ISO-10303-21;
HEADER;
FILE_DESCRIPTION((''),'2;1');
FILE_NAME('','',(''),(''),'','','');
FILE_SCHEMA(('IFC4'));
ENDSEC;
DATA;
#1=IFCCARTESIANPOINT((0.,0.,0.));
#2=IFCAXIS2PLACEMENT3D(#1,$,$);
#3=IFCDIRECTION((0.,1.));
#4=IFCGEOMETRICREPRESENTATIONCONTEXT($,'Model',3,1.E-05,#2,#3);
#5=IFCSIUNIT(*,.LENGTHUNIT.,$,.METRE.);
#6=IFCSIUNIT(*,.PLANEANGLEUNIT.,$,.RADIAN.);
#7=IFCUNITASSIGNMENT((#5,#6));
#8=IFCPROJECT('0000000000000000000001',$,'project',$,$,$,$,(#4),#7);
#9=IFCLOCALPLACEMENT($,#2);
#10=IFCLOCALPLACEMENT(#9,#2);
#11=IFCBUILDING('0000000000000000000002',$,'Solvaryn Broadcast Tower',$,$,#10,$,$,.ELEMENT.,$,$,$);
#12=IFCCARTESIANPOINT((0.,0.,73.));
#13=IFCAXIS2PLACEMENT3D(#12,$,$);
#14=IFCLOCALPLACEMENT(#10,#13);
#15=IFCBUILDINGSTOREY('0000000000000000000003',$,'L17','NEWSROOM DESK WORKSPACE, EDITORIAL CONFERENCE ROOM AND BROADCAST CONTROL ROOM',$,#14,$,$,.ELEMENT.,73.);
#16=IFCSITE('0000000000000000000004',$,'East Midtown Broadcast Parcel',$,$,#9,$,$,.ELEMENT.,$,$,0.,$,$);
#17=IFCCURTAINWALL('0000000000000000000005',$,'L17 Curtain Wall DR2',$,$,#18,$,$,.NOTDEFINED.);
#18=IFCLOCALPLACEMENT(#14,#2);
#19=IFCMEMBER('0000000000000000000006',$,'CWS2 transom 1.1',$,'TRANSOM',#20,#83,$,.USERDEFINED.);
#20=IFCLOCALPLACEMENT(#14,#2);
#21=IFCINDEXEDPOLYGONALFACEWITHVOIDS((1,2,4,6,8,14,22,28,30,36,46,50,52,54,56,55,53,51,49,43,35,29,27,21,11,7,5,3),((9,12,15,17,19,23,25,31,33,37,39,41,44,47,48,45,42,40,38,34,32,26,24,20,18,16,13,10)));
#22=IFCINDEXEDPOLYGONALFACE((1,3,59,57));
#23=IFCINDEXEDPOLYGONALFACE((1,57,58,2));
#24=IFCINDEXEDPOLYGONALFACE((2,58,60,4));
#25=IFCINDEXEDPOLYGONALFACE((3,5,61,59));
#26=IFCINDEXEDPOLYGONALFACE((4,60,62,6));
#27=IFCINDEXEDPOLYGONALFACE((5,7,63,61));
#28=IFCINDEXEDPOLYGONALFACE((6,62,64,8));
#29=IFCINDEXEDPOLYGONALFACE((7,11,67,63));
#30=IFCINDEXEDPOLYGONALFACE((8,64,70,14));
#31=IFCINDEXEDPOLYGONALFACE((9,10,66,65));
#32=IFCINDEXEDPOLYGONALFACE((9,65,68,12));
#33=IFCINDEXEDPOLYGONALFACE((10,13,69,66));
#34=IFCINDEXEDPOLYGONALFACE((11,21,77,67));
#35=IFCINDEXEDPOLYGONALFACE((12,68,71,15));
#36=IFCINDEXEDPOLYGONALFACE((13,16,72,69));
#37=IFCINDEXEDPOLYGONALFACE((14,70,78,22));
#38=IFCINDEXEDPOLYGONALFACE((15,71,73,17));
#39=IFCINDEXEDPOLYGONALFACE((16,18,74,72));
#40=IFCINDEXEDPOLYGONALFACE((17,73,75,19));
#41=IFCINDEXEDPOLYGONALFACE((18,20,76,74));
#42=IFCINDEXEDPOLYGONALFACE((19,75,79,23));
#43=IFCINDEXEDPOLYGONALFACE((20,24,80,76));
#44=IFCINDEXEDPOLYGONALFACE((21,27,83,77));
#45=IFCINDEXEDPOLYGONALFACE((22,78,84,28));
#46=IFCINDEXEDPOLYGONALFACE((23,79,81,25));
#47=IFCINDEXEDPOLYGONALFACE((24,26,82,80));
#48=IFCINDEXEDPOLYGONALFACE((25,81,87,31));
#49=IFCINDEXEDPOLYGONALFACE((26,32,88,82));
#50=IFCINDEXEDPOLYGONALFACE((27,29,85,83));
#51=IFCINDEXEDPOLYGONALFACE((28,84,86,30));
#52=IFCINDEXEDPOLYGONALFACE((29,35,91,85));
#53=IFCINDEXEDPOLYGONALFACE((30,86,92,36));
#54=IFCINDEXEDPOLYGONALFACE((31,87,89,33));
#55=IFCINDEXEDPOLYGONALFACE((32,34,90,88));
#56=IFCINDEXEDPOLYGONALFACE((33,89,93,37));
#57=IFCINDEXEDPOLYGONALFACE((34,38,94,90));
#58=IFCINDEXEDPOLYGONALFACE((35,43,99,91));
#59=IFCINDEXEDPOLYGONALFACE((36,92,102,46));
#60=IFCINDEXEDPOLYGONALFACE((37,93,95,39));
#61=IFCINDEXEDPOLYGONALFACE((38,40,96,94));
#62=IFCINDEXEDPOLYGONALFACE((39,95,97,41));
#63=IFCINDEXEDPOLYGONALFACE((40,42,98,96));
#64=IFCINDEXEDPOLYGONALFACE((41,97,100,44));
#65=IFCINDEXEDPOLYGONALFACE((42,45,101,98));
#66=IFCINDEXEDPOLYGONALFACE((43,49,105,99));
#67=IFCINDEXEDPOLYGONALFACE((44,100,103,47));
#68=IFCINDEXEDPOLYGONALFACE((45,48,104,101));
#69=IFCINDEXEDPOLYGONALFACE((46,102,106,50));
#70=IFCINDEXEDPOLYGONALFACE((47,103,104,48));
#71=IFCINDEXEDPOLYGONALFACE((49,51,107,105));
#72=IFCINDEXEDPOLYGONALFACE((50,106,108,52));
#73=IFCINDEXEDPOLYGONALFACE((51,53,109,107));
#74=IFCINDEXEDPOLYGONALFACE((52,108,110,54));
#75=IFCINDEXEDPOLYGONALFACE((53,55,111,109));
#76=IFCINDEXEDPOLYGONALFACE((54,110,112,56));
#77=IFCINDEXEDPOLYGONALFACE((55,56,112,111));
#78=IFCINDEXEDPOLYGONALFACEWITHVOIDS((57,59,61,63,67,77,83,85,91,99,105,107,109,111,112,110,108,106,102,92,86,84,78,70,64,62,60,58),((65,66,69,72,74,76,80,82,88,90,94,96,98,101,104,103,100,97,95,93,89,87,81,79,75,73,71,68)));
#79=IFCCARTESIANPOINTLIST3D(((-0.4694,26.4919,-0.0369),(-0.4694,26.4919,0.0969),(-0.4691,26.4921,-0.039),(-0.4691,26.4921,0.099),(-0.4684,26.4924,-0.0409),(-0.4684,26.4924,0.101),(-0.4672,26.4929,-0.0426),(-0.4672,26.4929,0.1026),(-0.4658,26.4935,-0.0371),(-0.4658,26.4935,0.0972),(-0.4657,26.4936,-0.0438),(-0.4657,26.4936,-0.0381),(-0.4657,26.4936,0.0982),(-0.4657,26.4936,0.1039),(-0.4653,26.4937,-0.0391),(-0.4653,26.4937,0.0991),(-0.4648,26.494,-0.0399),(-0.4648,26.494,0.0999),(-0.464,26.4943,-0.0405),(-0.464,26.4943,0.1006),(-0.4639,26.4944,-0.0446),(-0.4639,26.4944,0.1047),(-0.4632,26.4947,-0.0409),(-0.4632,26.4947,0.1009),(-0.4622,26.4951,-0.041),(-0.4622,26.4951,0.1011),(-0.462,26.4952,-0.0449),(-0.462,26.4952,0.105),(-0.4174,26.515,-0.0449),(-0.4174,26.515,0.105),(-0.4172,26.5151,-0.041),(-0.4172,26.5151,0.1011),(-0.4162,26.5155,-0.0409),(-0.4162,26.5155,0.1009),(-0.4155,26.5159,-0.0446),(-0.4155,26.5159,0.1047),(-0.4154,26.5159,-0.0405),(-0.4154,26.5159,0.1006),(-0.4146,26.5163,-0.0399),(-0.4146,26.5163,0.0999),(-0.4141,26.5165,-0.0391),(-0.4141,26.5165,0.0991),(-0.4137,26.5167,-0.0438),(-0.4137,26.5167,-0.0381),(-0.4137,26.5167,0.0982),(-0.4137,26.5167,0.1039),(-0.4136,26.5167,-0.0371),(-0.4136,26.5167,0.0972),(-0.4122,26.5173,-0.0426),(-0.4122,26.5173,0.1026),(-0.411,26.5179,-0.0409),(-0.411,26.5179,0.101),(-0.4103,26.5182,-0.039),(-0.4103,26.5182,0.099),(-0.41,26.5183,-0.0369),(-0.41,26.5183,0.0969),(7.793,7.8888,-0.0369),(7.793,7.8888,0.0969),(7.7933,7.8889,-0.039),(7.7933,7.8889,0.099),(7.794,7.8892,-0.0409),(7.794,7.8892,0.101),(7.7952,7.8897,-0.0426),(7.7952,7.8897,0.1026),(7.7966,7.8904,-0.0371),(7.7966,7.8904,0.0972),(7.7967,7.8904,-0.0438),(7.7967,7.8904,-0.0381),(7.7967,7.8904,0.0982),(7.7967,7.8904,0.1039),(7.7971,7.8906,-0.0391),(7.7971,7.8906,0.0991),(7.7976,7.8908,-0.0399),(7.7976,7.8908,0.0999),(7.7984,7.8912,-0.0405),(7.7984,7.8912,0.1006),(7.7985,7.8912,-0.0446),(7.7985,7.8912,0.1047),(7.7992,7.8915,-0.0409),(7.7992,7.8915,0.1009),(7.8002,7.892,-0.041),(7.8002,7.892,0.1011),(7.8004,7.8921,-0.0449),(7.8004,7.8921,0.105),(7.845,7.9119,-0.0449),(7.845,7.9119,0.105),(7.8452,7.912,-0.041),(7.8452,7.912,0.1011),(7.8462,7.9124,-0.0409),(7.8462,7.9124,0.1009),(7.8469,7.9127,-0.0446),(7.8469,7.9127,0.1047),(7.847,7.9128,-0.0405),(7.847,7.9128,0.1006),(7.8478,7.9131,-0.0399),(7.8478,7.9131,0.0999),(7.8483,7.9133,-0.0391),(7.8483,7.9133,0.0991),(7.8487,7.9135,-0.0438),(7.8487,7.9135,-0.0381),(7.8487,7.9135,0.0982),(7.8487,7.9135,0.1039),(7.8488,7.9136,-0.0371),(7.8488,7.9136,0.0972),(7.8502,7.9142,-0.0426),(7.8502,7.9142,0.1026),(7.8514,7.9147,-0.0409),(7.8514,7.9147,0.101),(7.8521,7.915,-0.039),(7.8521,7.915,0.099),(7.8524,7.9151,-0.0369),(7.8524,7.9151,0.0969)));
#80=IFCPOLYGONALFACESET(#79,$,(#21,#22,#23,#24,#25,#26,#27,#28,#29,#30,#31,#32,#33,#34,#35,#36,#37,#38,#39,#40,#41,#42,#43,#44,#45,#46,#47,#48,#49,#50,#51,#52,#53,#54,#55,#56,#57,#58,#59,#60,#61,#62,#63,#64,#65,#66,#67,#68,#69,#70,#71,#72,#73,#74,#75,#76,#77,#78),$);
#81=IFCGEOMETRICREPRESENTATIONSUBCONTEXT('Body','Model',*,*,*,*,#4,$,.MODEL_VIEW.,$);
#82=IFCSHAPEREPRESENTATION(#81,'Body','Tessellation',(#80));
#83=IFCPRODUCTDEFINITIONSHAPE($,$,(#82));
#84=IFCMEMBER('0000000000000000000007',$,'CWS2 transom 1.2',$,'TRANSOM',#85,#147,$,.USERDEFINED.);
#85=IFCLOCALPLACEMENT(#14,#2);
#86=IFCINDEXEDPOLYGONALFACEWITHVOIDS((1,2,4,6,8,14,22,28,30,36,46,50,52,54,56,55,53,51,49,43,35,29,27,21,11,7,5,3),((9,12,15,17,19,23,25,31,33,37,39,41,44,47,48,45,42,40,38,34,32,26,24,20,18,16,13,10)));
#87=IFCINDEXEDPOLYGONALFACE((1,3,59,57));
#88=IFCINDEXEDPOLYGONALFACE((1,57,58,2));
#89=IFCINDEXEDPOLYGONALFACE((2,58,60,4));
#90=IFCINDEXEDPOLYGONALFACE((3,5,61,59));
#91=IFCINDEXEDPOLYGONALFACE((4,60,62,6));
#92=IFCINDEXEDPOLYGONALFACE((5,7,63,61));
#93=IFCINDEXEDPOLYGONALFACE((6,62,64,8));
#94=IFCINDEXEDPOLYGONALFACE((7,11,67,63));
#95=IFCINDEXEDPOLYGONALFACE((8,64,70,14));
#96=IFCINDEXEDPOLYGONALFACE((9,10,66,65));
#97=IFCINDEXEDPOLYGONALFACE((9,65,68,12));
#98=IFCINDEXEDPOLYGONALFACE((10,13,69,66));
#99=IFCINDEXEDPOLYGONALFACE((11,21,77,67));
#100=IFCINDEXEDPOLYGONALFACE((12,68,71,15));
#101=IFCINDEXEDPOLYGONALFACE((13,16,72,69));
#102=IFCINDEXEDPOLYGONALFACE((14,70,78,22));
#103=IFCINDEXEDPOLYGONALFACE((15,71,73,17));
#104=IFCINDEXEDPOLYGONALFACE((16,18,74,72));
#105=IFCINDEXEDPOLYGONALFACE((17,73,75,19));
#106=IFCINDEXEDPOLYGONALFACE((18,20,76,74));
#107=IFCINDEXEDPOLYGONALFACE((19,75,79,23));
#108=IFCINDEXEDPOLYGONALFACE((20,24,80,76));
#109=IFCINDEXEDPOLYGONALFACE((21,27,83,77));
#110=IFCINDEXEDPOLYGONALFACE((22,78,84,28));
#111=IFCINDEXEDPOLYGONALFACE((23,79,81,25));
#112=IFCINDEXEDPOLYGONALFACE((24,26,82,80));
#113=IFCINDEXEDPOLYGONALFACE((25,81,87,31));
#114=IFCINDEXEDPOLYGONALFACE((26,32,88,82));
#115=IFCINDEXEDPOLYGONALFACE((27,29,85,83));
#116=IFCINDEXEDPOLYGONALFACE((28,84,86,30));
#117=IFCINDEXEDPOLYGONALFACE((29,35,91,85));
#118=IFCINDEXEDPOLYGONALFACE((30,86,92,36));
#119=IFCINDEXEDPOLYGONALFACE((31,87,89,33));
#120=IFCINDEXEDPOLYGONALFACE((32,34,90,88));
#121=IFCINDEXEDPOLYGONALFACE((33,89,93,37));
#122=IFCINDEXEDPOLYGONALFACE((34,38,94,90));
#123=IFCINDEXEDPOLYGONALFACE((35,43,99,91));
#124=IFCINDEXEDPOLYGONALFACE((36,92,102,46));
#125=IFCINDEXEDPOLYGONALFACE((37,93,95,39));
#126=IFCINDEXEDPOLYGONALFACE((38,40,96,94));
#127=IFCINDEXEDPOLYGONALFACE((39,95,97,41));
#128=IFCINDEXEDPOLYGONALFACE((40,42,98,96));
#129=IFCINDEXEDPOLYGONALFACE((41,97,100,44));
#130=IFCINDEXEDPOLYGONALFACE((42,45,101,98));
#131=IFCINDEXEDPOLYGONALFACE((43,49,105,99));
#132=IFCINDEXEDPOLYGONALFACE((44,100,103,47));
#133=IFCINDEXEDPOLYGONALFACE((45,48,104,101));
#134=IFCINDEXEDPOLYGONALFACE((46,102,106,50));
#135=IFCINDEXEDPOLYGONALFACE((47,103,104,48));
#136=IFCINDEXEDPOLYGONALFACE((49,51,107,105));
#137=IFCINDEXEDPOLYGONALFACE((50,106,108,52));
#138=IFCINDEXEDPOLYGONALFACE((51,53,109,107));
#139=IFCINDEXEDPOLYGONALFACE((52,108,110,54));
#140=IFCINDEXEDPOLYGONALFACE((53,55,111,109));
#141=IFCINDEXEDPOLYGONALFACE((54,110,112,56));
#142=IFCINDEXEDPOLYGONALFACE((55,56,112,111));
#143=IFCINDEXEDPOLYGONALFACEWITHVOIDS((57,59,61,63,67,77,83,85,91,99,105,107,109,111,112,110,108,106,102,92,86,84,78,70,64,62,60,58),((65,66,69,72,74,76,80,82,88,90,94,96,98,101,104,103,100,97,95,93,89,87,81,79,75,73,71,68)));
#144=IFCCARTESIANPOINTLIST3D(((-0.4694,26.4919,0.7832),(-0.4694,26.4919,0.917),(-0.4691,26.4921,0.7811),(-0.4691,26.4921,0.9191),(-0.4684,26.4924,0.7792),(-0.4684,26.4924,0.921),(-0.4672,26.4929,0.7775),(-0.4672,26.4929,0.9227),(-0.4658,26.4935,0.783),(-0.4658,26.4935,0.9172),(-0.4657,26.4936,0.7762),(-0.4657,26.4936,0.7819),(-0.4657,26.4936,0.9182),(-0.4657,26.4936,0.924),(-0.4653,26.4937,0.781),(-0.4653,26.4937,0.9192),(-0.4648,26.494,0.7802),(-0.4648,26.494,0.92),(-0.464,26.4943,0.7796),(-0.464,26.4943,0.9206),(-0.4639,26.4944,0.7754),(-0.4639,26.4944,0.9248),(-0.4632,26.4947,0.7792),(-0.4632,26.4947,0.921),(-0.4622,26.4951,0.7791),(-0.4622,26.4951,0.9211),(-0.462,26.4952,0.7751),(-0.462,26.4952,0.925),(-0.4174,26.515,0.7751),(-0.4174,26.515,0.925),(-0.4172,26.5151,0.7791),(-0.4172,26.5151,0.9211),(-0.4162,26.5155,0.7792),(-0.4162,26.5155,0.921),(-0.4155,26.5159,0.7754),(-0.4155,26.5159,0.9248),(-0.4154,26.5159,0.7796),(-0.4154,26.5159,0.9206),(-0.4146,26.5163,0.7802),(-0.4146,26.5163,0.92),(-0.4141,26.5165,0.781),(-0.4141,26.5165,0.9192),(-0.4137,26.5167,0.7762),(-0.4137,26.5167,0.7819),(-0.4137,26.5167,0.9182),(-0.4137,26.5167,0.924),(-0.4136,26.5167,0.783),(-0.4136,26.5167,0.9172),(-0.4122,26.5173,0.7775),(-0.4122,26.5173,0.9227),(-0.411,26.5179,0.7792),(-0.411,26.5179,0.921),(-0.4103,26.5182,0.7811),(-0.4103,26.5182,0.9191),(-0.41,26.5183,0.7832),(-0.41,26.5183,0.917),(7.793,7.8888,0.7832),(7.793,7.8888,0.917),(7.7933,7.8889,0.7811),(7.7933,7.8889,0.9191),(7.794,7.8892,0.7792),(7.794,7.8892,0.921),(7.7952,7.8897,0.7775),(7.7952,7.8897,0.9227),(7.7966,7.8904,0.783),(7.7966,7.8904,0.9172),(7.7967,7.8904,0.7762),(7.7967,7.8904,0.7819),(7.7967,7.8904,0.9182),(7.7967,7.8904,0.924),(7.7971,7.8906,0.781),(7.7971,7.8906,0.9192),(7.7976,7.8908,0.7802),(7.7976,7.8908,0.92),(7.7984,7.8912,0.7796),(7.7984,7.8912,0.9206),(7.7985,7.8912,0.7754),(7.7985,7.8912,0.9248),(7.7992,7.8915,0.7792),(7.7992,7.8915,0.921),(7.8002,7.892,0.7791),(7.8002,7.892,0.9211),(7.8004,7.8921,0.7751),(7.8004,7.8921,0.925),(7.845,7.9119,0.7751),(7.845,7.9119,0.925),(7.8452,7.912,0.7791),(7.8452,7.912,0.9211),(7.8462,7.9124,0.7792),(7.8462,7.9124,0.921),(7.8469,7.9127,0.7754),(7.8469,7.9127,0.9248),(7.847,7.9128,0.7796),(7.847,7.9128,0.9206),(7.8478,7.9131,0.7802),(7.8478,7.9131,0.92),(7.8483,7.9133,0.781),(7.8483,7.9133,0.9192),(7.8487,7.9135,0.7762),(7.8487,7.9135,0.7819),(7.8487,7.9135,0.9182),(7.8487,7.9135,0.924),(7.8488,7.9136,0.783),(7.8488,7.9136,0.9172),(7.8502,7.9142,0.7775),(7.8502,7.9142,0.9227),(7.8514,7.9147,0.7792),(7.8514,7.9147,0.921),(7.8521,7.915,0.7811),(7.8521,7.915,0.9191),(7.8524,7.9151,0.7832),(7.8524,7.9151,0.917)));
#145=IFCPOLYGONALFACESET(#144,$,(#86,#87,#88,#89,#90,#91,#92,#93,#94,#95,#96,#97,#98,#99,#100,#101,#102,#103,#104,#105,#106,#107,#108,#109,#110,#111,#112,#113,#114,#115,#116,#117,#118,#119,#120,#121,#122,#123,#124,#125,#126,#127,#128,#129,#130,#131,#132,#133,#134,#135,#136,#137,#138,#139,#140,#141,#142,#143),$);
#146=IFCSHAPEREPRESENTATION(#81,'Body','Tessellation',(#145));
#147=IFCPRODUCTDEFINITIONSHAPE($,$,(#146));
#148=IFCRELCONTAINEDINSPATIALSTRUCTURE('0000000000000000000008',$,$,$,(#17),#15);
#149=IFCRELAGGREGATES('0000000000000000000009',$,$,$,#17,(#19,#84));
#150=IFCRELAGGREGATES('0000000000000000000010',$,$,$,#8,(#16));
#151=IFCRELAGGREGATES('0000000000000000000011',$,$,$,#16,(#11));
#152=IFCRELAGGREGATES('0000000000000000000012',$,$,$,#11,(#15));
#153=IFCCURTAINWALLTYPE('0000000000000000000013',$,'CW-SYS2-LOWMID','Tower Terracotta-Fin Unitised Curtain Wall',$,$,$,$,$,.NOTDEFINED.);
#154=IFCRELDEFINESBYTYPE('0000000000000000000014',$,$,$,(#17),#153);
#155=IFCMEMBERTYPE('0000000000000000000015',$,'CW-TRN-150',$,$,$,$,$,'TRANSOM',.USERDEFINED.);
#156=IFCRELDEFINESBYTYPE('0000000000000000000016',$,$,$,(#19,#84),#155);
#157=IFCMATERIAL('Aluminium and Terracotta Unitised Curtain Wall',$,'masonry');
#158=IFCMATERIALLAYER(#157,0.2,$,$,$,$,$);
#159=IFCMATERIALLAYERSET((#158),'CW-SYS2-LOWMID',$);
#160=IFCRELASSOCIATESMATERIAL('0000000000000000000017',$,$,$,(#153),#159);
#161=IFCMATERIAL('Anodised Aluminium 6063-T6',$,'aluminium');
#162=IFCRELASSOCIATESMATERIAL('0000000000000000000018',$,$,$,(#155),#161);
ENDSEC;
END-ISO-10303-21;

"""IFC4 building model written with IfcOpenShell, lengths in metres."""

from ifc_helpers import new_model, si_unit, direction, frame, origin, origin_2d, place, context, subcontext, project, spatial, hollow_rectangle, extrude, material, layer, layer_set, material_profile, profile_set, type_object, element, aggregate, save


model = new_model("IFC4")

# Units and contexts
model_context = context("Model", 3, precision=1e-05, world=origin(), true_north=direction((0.0, 1.0)))
body_context = subcontext(model_context, "Body", "Model", "MODEL_VIEW")
ifc_project = project(units=[si_unit("LENGTHUNIT", "METRE"), si_unit("PLANEANGLEUNIT", "RADIAN")], contexts=[model_context])

# Site, building, storey
site_placement = place(None, origin())
site = spatial("IfcSite", under=ifc_project, at=site_placement, Name="East Midtown Broadcast Parcel", CompositionType="ELEMENT", RefElevation=0.0)
building_placement = place(site_placement, origin())
building = spatial("IfcBuilding", under=site, at=building_placement, Name="Solvaryn Broadcast Tower", CompositionType="ELEMENT")
storey_placement = place(building_placement, frame((0.0, 0.0, 73.0)))
storey = spatial("IfcBuildingStorey", under=building, at=storey_placement, Name="L17", Description="NEWSROOM DESK WORKSPACE, EDITORIAL CONFERENCE ROOM AND BROADCAST CONTROL ROOM", CompositionType="ELEMENT", Elevation=73.0)

# Shared definitions
ifc_material_1 = material(Name="Aluminium and Terracotta Unitised Curtain Wall", Category="masonry")
ifc_layer_1 = layer(ifc_material_1, 0.2)
ifc_layer_set_1 = layer_set([ifc_layer_1], Name="CW-SYS2-LOWMID")
curtain_wall_type = type_object("IfcCurtainWallType", Name="CW-SYS2-LOWMID", Description="Tower Terracotta-Fin Unitised Curtain Wall", PredefinedType="NOTDEFINED", material=ifc_layer_set_1)

# Curtain wall, members
curtain_wall_1_placement = place(storey_placement, origin())
curtain_wall_1 = element("IfcCurtainWall", 1, at=curtain_wall_1_placement, inside=storey, type_object=curtain_wall_type, Name="L17 Curtain Wall DR2", PredefinedType="NOTDEFINED")
ifc_material_2 = material(Name="Anodised Aluminium 6063-T6", Category="aluminium")
ifc_material_profile_1 = material_profile(ifc_material_2, hollow_rectangle(XDim=0.0649, YDim=0.1499, WallThickness=0.0039, InnerFilletRadius=0.0039, OuterFilletRadius=0.0081, at=origin_2d()))
ifc_profile_set_1 = profile_set([ifc_material_profile_1], Name="Anodised Aluminium 6063-T6")
member_type_1 = type_object("IfcMemberType", Name="CW-TRN-150", ElementType="TRANSOM", PredefinedType="USERDEFINED", material=ifc_profile_set_1)
member_1_placement = place(storey_placement, frame((-0.4397, 26.5051, 0.03), z_axis=(0.405906, -0.913915, 0.0), x_axis=(0.913915, 0.405906, 0.0)))
member_1 = element("IfcMember", 2, at=member_1_placement, type_object=member_type_1, Name="CWS2 transom 1.1", ObjectType="TRANSOM", PredefinedType="USERDEFINED", context=body_context, shape_type="SweptSolid", body=[
    extrude(hollow_rectangle(XDim=0.0649, YDim=0.1499, WallThickness=0.0039, InnerFilletRadius=0.0039, OuterFilletRadius=0.0081, at=origin_2d()), origin(), (0.0, 0.0, 1.0), 20.3555),
])
member_2_placement = place(storey_placement, frame((-0.4397, 26.5051, 0.8501), z_axis=(0.405906, -0.913915, 0.0), x_axis=(0.913915, 0.405906, 0.0)))
member_2 = element("IfcMember", 3, at=member_2_placement, type_object=member_type_1, Name="CWS2 transom 1.2", ObjectType="TRANSOM", PredefinedType="USERDEFINED", context=body_context, shape_type="SweptSolid", body=[
    extrude(hollow_rectangle(XDim=0.0649, YDim=0.1499, WallThickness=0.0039, InnerFilletRadius=0.0039, OuterFilletRadius=0.0081, at=origin_2d()), origin(), (0.0, 0.0, 1.0), 20.3555),
])
aggregate(curtain_wall_1, [member_1, member_2])

save(model, "model.ifc")
